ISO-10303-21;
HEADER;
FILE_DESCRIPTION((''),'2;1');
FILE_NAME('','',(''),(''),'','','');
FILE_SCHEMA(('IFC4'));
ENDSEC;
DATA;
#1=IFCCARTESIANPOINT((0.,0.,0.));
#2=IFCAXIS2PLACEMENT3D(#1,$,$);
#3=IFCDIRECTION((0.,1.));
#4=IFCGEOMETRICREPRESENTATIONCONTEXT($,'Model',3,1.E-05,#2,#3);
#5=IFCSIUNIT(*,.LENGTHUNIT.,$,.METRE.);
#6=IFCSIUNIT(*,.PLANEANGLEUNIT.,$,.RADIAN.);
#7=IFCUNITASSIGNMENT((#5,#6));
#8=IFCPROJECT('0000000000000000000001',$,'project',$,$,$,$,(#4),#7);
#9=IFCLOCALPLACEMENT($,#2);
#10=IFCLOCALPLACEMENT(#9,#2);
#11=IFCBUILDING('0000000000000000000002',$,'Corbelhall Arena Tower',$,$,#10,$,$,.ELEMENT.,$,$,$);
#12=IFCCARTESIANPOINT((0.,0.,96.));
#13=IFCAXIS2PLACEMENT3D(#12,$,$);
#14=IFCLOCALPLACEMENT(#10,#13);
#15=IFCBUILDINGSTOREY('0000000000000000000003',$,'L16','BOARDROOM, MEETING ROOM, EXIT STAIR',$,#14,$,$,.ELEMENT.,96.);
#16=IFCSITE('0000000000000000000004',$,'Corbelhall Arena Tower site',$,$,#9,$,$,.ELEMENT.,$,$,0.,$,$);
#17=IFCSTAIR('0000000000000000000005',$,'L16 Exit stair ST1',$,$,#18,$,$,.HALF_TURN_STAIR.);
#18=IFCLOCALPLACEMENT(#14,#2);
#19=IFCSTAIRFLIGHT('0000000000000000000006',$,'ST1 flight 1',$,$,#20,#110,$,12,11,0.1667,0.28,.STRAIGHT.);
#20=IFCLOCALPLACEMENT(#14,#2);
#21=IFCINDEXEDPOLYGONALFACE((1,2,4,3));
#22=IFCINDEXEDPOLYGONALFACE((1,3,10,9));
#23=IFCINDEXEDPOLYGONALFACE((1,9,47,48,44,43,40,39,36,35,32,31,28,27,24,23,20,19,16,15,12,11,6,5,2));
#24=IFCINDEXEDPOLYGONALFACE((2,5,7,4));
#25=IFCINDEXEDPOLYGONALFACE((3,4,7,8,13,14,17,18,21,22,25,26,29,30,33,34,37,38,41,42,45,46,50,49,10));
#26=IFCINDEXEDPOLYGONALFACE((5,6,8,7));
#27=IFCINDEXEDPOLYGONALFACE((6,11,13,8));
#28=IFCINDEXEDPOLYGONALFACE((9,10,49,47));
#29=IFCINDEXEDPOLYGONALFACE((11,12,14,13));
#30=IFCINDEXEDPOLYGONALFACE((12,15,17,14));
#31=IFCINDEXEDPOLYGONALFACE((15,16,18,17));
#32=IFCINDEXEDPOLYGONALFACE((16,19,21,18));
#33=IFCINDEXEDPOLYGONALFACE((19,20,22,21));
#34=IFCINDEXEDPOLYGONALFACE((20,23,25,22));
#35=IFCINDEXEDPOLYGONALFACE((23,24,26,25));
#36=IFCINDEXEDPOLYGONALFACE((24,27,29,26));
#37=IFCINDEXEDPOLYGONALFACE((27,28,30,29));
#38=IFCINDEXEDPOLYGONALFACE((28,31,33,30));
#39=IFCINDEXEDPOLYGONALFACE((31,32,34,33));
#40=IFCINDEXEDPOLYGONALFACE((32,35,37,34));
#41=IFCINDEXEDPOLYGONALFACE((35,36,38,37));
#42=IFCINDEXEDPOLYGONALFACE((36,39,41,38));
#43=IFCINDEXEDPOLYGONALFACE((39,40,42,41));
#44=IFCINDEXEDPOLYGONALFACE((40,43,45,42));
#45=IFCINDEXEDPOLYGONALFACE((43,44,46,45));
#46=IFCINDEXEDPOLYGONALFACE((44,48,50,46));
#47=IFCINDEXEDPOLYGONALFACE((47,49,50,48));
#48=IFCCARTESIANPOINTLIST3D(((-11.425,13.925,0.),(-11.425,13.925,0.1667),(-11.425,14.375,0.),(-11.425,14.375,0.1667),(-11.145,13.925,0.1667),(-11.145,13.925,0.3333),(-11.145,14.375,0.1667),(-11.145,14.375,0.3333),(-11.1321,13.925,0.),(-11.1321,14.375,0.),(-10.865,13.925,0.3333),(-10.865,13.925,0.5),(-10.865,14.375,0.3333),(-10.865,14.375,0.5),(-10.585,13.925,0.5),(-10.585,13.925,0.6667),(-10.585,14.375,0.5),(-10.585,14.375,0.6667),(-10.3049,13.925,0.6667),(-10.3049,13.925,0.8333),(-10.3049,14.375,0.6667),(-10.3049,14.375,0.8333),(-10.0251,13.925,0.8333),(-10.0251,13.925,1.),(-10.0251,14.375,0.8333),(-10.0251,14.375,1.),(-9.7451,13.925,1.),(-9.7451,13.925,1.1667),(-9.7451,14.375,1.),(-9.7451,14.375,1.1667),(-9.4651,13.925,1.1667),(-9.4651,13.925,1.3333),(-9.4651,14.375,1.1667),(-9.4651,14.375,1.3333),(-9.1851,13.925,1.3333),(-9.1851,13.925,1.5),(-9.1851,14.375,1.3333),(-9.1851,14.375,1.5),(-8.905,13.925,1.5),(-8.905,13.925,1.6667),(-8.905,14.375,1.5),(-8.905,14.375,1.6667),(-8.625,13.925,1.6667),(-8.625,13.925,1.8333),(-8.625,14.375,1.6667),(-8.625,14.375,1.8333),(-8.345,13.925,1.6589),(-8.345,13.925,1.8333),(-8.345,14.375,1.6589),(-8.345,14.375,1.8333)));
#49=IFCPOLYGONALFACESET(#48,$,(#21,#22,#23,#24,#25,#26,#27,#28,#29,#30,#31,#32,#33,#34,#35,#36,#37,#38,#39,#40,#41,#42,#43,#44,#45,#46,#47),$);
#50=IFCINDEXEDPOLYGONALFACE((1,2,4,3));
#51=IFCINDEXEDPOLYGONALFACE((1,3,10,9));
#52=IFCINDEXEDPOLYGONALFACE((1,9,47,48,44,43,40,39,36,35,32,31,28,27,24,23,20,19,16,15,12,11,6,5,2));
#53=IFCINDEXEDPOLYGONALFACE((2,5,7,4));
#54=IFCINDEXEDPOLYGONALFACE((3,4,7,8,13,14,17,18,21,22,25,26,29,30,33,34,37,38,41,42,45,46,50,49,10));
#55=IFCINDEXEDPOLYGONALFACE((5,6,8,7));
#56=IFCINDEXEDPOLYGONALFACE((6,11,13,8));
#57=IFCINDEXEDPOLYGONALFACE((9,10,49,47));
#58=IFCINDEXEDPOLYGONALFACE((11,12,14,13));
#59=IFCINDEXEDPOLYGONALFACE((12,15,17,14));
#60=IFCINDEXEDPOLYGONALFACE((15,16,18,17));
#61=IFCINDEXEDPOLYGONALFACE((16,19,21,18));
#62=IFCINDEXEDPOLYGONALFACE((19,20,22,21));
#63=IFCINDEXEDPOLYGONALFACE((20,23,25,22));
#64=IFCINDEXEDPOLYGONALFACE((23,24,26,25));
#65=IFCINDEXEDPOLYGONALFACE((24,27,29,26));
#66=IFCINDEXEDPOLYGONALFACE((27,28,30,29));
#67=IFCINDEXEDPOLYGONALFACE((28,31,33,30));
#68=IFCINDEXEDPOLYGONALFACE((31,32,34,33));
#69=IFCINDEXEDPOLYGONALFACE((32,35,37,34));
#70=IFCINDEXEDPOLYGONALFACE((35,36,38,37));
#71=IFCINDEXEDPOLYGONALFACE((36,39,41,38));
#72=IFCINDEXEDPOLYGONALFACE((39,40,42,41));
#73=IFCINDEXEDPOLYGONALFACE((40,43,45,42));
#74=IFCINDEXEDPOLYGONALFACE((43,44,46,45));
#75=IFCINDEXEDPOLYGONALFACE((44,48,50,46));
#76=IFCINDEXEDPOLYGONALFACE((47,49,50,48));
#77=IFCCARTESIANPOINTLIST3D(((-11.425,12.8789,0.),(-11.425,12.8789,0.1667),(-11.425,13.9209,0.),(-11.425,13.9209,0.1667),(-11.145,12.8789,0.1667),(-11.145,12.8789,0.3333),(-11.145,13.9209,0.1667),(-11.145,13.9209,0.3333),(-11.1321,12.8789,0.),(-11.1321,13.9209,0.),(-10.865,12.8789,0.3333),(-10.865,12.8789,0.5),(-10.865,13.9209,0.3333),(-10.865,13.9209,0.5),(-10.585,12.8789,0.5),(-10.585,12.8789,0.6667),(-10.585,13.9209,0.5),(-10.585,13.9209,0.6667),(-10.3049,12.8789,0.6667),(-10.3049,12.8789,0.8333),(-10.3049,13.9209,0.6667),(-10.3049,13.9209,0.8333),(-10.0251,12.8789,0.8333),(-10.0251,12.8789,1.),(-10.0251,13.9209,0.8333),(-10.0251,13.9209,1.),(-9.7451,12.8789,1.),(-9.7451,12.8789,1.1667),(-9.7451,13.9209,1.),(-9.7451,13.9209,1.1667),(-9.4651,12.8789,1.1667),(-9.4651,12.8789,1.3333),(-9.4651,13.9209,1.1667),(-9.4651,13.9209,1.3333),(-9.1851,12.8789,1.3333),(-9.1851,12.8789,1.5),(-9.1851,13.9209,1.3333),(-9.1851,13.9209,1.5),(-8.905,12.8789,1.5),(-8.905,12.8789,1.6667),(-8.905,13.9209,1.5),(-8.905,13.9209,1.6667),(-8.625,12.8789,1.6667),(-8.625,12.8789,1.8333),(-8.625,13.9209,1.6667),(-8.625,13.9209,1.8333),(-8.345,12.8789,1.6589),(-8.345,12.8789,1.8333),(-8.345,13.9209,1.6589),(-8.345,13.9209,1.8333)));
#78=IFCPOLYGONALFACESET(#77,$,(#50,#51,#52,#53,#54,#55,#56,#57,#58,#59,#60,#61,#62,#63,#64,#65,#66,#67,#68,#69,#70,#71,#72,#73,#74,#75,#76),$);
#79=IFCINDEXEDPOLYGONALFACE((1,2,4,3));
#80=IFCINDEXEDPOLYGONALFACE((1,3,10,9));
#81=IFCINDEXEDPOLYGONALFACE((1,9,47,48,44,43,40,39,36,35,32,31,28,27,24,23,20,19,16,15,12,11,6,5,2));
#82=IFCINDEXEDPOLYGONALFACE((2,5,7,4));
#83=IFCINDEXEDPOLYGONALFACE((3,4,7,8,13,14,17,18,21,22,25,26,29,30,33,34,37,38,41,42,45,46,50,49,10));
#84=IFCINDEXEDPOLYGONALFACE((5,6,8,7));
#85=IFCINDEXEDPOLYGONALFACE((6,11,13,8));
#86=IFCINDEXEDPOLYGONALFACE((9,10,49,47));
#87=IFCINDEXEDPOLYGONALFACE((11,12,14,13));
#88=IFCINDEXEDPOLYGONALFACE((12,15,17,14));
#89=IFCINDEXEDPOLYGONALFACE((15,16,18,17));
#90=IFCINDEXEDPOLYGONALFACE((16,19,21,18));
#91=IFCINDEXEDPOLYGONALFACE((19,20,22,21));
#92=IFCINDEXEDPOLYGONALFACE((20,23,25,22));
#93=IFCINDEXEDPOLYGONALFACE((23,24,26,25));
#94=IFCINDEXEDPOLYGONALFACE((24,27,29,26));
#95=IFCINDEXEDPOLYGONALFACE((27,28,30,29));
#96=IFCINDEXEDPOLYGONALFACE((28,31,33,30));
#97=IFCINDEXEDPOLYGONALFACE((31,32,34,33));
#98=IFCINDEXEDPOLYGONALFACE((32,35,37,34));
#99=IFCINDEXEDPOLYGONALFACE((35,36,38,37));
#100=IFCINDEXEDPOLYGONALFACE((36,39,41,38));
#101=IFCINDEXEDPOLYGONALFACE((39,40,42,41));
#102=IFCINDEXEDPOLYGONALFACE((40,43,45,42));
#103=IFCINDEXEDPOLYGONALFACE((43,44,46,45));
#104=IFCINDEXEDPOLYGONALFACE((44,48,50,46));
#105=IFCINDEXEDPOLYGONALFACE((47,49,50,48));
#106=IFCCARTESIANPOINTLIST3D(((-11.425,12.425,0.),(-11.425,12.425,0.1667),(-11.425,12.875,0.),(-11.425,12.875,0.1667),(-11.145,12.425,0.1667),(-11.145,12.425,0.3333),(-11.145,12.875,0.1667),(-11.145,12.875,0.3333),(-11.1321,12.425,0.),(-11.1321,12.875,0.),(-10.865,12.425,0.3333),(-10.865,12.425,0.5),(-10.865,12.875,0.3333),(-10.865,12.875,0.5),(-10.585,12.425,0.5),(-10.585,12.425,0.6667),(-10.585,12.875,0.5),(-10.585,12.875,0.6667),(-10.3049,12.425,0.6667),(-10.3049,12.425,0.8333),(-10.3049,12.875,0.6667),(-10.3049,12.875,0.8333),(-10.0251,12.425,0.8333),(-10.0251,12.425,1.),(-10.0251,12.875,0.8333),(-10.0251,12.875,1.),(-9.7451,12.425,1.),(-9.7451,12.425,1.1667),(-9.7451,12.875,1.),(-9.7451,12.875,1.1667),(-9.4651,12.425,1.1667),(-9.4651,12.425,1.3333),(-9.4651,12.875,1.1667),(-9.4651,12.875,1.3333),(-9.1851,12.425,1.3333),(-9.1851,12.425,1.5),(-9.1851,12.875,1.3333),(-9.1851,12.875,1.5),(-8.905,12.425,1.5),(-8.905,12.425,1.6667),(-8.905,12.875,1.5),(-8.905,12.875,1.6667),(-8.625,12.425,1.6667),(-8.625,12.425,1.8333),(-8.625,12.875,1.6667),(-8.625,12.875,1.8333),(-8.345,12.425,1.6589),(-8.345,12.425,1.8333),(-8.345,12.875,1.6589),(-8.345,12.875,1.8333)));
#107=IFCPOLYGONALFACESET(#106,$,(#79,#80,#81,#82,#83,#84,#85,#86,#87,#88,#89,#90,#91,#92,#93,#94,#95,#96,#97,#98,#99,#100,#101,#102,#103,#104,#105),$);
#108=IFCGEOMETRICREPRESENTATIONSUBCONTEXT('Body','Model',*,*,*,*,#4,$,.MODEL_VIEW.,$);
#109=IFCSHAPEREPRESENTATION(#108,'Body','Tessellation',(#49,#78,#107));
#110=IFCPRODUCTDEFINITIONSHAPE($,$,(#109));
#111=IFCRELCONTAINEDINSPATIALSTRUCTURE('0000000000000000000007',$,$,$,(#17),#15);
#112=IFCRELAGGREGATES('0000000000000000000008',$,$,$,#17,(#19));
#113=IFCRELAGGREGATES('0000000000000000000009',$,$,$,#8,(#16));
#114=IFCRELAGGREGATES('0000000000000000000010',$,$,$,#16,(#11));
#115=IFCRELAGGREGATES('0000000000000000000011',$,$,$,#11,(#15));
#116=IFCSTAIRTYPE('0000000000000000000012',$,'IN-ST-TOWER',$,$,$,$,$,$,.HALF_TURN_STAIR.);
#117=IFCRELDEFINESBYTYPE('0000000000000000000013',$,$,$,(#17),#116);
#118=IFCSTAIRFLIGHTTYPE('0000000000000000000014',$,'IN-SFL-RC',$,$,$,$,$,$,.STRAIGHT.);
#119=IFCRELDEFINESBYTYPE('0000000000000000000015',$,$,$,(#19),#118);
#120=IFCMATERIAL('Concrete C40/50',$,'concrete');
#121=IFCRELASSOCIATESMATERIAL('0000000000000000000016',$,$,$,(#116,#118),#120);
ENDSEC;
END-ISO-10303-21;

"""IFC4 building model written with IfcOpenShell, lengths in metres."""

from ifc_helpers import new_model, si_unit, direction, frame, origin, place, context, subcontext, project, spatial, polyline, outline, extrude, material, type_object, element, aggregate, save


model = new_model("IFC4")

# Units and contexts
model_context = context("Model", 3, precision=1e-05, world=origin(), true_north=direction((0.0, 1.0)))
body_context = subcontext(model_context, "Body", "Model", "MODEL_VIEW")
ifc_project = project(units=[si_unit("LENGTHUNIT", "METRE"), si_unit("PLANEANGLEUNIT", "RADIAN")], contexts=[model_context])

# Site, building, storey
site_placement = place(None, origin())
site = spatial("IfcSite", under=ifc_project, at=site_placement, Name="Corbelhall Arena Tower site", CompositionType="ELEMENT", RefElevation=0.0)
building_placement = place(site_placement, origin())
building = spatial("IfcBuilding", under=site, at=building_placement, Name="Corbelhall Arena Tower", CompositionType="ELEMENT")
storey_placement = place(building_placement, frame((0.0, 0.0, 96.0)))
storey = spatial("IfcBuildingStorey", under=building, at=storey_placement, Name="L16", Description="BOARDROOM, MEETING ROOM, EXIT STAIR", CompositionType="ELEMENT", Elevation=96.0)

# Shared definitions
ifc_material_1 = material(Name="Concrete C40/50", Category="concrete")

# Stair, stair flight
stair_type = type_object("IfcStairType", Name="IN-ST-TOWER", PredefinedType="HALF_TURN_STAIR", material=ifc_material_1)
stair_placement = place(storey_placement, origin())
stair = element("IfcStair", 1, at=stair_placement, inside=storey, type_object=stair_type, Name="L16 Exit stair ST1", PredefinedType="HALF_TURN_STAIR")
stair_flight_type = type_object("IfcStairFlightType", Name="IN-SFL-RC", PredefinedType="STRAIGHT", material=ifc_material_1)
stair_flight_placement = place(storey_placement, frame((-11.425, 13.3999, 0.0), z_axis=(0.0, 0.0, 1.0), x_axis=(1.0, 0.0, 0.0)))
stair_flight = element("IfcStairFlight", 2, at=stair_flight_placement, type_object=stair_flight_type, Name="ST1 flight 1", NumberOfRisers=12, NumberOfTreads=11, PredefinedType="STRAIGHT", RiserHeight=0.1667, TreadLength=0.28, context=body_context, shape_type="SweptSolid", body=[
    extrude(outline(polyline([(0.0, 0.0), (0.0, 0.1667), (0.28, 0.1667), (0.28, 0.3333), (0.5601, 0.3333), (0.5601, 0.5), (0.8401, 0.5), (0.8401, 0.6667), (1.1201, 0.6667), (1.1201, 0.8333), (1.3999, 0.8333), (1.3999, 1.0), (1.6799, 1.0), (1.6799, 1.1667), (1.96, 1.1667), (1.96, 1.3333), (2.24, 1.3333), (2.24, 1.5), (2.52, 1.5), (2.52, 1.6667), (2.8, 1.6667), (2.8, 1.8333), (3.0801, 1.8333), (3.0801, 2.0), (3.0801, 1.6589), (0.293, 0.0), (0.0, 0.0)])), frame((0.0, 0.9751, 0.0), z_axis=(0.0, -1.0, 0.0), x_axis=(1.0, 0.0, 0.0)), (0.0, 0.0, 1.0), 0.45),
    extrude(outline(polyline([(0.0, 0.0), (0.0, 0.1667), (0.28, 0.1667), (0.28, 0.3333), (0.5601, 0.3333), (0.5601, 0.5), (0.8401, 0.5), (0.8401, 0.6667), (1.1201, 0.6667), (1.1201, 0.8333), (1.3999, 0.8333), (1.3999, 1.0), (1.6799, 1.0), (1.6799, 1.1667), (1.96, 1.1667), (1.96, 1.3333), (2.24, 1.3333), (2.24, 1.5), (2.52, 1.5), (2.52, 1.6667), (2.8, 1.6667), (2.8, 1.8333), (3.0801, 1.8333), (3.0801, 2.0), (3.0801, 1.6589), (0.293, 0.0), (0.0, 0.0)])), frame((0.0, 0.521, 0.0), z_axis=(0.0, -1.0, 0.0), x_axis=(1.0, 0.0, 0.0)), (0.0, 0.0, 1.0), 1.042),
    extrude(outline(polyline([(0.0, 0.0), (0.0, 0.1667), (0.28, 0.1667), (0.28, 0.3333), (0.5601, 0.3333), (0.5601, 0.5), (0.8401, 0.5), (0.8401, 0.6667), (1.1201, 0.6667), (1.1201, 0.8333), (1.3999, 0.8333), (1.3999, 1.0), (1.6799, 1.0), (1.6799, 1.1667), (1.96, 1.1667), (1.96, 1.3333), (2.24, 1.3333), (2.24, 1.5), (2.52, 1.5), (2.52, 1.6667), (2.8, 1.6667), (2.8, 1.8333), (3.0801, 1.8333), (3.0801, 2.0), (3.0801, 1.6589), (0.293, 0.0), (0.0, 0.0)])), frame((0.0, -0.5249, 0.0), z_axis=(0.0, -1.0, 0.0), x_axis=(1.0, 0.0, 0.0)), (0.0, 0.0, 1.0), 0.45),
])
aggregate(stair, [stair_flight])

save(model, "model.ifc")
